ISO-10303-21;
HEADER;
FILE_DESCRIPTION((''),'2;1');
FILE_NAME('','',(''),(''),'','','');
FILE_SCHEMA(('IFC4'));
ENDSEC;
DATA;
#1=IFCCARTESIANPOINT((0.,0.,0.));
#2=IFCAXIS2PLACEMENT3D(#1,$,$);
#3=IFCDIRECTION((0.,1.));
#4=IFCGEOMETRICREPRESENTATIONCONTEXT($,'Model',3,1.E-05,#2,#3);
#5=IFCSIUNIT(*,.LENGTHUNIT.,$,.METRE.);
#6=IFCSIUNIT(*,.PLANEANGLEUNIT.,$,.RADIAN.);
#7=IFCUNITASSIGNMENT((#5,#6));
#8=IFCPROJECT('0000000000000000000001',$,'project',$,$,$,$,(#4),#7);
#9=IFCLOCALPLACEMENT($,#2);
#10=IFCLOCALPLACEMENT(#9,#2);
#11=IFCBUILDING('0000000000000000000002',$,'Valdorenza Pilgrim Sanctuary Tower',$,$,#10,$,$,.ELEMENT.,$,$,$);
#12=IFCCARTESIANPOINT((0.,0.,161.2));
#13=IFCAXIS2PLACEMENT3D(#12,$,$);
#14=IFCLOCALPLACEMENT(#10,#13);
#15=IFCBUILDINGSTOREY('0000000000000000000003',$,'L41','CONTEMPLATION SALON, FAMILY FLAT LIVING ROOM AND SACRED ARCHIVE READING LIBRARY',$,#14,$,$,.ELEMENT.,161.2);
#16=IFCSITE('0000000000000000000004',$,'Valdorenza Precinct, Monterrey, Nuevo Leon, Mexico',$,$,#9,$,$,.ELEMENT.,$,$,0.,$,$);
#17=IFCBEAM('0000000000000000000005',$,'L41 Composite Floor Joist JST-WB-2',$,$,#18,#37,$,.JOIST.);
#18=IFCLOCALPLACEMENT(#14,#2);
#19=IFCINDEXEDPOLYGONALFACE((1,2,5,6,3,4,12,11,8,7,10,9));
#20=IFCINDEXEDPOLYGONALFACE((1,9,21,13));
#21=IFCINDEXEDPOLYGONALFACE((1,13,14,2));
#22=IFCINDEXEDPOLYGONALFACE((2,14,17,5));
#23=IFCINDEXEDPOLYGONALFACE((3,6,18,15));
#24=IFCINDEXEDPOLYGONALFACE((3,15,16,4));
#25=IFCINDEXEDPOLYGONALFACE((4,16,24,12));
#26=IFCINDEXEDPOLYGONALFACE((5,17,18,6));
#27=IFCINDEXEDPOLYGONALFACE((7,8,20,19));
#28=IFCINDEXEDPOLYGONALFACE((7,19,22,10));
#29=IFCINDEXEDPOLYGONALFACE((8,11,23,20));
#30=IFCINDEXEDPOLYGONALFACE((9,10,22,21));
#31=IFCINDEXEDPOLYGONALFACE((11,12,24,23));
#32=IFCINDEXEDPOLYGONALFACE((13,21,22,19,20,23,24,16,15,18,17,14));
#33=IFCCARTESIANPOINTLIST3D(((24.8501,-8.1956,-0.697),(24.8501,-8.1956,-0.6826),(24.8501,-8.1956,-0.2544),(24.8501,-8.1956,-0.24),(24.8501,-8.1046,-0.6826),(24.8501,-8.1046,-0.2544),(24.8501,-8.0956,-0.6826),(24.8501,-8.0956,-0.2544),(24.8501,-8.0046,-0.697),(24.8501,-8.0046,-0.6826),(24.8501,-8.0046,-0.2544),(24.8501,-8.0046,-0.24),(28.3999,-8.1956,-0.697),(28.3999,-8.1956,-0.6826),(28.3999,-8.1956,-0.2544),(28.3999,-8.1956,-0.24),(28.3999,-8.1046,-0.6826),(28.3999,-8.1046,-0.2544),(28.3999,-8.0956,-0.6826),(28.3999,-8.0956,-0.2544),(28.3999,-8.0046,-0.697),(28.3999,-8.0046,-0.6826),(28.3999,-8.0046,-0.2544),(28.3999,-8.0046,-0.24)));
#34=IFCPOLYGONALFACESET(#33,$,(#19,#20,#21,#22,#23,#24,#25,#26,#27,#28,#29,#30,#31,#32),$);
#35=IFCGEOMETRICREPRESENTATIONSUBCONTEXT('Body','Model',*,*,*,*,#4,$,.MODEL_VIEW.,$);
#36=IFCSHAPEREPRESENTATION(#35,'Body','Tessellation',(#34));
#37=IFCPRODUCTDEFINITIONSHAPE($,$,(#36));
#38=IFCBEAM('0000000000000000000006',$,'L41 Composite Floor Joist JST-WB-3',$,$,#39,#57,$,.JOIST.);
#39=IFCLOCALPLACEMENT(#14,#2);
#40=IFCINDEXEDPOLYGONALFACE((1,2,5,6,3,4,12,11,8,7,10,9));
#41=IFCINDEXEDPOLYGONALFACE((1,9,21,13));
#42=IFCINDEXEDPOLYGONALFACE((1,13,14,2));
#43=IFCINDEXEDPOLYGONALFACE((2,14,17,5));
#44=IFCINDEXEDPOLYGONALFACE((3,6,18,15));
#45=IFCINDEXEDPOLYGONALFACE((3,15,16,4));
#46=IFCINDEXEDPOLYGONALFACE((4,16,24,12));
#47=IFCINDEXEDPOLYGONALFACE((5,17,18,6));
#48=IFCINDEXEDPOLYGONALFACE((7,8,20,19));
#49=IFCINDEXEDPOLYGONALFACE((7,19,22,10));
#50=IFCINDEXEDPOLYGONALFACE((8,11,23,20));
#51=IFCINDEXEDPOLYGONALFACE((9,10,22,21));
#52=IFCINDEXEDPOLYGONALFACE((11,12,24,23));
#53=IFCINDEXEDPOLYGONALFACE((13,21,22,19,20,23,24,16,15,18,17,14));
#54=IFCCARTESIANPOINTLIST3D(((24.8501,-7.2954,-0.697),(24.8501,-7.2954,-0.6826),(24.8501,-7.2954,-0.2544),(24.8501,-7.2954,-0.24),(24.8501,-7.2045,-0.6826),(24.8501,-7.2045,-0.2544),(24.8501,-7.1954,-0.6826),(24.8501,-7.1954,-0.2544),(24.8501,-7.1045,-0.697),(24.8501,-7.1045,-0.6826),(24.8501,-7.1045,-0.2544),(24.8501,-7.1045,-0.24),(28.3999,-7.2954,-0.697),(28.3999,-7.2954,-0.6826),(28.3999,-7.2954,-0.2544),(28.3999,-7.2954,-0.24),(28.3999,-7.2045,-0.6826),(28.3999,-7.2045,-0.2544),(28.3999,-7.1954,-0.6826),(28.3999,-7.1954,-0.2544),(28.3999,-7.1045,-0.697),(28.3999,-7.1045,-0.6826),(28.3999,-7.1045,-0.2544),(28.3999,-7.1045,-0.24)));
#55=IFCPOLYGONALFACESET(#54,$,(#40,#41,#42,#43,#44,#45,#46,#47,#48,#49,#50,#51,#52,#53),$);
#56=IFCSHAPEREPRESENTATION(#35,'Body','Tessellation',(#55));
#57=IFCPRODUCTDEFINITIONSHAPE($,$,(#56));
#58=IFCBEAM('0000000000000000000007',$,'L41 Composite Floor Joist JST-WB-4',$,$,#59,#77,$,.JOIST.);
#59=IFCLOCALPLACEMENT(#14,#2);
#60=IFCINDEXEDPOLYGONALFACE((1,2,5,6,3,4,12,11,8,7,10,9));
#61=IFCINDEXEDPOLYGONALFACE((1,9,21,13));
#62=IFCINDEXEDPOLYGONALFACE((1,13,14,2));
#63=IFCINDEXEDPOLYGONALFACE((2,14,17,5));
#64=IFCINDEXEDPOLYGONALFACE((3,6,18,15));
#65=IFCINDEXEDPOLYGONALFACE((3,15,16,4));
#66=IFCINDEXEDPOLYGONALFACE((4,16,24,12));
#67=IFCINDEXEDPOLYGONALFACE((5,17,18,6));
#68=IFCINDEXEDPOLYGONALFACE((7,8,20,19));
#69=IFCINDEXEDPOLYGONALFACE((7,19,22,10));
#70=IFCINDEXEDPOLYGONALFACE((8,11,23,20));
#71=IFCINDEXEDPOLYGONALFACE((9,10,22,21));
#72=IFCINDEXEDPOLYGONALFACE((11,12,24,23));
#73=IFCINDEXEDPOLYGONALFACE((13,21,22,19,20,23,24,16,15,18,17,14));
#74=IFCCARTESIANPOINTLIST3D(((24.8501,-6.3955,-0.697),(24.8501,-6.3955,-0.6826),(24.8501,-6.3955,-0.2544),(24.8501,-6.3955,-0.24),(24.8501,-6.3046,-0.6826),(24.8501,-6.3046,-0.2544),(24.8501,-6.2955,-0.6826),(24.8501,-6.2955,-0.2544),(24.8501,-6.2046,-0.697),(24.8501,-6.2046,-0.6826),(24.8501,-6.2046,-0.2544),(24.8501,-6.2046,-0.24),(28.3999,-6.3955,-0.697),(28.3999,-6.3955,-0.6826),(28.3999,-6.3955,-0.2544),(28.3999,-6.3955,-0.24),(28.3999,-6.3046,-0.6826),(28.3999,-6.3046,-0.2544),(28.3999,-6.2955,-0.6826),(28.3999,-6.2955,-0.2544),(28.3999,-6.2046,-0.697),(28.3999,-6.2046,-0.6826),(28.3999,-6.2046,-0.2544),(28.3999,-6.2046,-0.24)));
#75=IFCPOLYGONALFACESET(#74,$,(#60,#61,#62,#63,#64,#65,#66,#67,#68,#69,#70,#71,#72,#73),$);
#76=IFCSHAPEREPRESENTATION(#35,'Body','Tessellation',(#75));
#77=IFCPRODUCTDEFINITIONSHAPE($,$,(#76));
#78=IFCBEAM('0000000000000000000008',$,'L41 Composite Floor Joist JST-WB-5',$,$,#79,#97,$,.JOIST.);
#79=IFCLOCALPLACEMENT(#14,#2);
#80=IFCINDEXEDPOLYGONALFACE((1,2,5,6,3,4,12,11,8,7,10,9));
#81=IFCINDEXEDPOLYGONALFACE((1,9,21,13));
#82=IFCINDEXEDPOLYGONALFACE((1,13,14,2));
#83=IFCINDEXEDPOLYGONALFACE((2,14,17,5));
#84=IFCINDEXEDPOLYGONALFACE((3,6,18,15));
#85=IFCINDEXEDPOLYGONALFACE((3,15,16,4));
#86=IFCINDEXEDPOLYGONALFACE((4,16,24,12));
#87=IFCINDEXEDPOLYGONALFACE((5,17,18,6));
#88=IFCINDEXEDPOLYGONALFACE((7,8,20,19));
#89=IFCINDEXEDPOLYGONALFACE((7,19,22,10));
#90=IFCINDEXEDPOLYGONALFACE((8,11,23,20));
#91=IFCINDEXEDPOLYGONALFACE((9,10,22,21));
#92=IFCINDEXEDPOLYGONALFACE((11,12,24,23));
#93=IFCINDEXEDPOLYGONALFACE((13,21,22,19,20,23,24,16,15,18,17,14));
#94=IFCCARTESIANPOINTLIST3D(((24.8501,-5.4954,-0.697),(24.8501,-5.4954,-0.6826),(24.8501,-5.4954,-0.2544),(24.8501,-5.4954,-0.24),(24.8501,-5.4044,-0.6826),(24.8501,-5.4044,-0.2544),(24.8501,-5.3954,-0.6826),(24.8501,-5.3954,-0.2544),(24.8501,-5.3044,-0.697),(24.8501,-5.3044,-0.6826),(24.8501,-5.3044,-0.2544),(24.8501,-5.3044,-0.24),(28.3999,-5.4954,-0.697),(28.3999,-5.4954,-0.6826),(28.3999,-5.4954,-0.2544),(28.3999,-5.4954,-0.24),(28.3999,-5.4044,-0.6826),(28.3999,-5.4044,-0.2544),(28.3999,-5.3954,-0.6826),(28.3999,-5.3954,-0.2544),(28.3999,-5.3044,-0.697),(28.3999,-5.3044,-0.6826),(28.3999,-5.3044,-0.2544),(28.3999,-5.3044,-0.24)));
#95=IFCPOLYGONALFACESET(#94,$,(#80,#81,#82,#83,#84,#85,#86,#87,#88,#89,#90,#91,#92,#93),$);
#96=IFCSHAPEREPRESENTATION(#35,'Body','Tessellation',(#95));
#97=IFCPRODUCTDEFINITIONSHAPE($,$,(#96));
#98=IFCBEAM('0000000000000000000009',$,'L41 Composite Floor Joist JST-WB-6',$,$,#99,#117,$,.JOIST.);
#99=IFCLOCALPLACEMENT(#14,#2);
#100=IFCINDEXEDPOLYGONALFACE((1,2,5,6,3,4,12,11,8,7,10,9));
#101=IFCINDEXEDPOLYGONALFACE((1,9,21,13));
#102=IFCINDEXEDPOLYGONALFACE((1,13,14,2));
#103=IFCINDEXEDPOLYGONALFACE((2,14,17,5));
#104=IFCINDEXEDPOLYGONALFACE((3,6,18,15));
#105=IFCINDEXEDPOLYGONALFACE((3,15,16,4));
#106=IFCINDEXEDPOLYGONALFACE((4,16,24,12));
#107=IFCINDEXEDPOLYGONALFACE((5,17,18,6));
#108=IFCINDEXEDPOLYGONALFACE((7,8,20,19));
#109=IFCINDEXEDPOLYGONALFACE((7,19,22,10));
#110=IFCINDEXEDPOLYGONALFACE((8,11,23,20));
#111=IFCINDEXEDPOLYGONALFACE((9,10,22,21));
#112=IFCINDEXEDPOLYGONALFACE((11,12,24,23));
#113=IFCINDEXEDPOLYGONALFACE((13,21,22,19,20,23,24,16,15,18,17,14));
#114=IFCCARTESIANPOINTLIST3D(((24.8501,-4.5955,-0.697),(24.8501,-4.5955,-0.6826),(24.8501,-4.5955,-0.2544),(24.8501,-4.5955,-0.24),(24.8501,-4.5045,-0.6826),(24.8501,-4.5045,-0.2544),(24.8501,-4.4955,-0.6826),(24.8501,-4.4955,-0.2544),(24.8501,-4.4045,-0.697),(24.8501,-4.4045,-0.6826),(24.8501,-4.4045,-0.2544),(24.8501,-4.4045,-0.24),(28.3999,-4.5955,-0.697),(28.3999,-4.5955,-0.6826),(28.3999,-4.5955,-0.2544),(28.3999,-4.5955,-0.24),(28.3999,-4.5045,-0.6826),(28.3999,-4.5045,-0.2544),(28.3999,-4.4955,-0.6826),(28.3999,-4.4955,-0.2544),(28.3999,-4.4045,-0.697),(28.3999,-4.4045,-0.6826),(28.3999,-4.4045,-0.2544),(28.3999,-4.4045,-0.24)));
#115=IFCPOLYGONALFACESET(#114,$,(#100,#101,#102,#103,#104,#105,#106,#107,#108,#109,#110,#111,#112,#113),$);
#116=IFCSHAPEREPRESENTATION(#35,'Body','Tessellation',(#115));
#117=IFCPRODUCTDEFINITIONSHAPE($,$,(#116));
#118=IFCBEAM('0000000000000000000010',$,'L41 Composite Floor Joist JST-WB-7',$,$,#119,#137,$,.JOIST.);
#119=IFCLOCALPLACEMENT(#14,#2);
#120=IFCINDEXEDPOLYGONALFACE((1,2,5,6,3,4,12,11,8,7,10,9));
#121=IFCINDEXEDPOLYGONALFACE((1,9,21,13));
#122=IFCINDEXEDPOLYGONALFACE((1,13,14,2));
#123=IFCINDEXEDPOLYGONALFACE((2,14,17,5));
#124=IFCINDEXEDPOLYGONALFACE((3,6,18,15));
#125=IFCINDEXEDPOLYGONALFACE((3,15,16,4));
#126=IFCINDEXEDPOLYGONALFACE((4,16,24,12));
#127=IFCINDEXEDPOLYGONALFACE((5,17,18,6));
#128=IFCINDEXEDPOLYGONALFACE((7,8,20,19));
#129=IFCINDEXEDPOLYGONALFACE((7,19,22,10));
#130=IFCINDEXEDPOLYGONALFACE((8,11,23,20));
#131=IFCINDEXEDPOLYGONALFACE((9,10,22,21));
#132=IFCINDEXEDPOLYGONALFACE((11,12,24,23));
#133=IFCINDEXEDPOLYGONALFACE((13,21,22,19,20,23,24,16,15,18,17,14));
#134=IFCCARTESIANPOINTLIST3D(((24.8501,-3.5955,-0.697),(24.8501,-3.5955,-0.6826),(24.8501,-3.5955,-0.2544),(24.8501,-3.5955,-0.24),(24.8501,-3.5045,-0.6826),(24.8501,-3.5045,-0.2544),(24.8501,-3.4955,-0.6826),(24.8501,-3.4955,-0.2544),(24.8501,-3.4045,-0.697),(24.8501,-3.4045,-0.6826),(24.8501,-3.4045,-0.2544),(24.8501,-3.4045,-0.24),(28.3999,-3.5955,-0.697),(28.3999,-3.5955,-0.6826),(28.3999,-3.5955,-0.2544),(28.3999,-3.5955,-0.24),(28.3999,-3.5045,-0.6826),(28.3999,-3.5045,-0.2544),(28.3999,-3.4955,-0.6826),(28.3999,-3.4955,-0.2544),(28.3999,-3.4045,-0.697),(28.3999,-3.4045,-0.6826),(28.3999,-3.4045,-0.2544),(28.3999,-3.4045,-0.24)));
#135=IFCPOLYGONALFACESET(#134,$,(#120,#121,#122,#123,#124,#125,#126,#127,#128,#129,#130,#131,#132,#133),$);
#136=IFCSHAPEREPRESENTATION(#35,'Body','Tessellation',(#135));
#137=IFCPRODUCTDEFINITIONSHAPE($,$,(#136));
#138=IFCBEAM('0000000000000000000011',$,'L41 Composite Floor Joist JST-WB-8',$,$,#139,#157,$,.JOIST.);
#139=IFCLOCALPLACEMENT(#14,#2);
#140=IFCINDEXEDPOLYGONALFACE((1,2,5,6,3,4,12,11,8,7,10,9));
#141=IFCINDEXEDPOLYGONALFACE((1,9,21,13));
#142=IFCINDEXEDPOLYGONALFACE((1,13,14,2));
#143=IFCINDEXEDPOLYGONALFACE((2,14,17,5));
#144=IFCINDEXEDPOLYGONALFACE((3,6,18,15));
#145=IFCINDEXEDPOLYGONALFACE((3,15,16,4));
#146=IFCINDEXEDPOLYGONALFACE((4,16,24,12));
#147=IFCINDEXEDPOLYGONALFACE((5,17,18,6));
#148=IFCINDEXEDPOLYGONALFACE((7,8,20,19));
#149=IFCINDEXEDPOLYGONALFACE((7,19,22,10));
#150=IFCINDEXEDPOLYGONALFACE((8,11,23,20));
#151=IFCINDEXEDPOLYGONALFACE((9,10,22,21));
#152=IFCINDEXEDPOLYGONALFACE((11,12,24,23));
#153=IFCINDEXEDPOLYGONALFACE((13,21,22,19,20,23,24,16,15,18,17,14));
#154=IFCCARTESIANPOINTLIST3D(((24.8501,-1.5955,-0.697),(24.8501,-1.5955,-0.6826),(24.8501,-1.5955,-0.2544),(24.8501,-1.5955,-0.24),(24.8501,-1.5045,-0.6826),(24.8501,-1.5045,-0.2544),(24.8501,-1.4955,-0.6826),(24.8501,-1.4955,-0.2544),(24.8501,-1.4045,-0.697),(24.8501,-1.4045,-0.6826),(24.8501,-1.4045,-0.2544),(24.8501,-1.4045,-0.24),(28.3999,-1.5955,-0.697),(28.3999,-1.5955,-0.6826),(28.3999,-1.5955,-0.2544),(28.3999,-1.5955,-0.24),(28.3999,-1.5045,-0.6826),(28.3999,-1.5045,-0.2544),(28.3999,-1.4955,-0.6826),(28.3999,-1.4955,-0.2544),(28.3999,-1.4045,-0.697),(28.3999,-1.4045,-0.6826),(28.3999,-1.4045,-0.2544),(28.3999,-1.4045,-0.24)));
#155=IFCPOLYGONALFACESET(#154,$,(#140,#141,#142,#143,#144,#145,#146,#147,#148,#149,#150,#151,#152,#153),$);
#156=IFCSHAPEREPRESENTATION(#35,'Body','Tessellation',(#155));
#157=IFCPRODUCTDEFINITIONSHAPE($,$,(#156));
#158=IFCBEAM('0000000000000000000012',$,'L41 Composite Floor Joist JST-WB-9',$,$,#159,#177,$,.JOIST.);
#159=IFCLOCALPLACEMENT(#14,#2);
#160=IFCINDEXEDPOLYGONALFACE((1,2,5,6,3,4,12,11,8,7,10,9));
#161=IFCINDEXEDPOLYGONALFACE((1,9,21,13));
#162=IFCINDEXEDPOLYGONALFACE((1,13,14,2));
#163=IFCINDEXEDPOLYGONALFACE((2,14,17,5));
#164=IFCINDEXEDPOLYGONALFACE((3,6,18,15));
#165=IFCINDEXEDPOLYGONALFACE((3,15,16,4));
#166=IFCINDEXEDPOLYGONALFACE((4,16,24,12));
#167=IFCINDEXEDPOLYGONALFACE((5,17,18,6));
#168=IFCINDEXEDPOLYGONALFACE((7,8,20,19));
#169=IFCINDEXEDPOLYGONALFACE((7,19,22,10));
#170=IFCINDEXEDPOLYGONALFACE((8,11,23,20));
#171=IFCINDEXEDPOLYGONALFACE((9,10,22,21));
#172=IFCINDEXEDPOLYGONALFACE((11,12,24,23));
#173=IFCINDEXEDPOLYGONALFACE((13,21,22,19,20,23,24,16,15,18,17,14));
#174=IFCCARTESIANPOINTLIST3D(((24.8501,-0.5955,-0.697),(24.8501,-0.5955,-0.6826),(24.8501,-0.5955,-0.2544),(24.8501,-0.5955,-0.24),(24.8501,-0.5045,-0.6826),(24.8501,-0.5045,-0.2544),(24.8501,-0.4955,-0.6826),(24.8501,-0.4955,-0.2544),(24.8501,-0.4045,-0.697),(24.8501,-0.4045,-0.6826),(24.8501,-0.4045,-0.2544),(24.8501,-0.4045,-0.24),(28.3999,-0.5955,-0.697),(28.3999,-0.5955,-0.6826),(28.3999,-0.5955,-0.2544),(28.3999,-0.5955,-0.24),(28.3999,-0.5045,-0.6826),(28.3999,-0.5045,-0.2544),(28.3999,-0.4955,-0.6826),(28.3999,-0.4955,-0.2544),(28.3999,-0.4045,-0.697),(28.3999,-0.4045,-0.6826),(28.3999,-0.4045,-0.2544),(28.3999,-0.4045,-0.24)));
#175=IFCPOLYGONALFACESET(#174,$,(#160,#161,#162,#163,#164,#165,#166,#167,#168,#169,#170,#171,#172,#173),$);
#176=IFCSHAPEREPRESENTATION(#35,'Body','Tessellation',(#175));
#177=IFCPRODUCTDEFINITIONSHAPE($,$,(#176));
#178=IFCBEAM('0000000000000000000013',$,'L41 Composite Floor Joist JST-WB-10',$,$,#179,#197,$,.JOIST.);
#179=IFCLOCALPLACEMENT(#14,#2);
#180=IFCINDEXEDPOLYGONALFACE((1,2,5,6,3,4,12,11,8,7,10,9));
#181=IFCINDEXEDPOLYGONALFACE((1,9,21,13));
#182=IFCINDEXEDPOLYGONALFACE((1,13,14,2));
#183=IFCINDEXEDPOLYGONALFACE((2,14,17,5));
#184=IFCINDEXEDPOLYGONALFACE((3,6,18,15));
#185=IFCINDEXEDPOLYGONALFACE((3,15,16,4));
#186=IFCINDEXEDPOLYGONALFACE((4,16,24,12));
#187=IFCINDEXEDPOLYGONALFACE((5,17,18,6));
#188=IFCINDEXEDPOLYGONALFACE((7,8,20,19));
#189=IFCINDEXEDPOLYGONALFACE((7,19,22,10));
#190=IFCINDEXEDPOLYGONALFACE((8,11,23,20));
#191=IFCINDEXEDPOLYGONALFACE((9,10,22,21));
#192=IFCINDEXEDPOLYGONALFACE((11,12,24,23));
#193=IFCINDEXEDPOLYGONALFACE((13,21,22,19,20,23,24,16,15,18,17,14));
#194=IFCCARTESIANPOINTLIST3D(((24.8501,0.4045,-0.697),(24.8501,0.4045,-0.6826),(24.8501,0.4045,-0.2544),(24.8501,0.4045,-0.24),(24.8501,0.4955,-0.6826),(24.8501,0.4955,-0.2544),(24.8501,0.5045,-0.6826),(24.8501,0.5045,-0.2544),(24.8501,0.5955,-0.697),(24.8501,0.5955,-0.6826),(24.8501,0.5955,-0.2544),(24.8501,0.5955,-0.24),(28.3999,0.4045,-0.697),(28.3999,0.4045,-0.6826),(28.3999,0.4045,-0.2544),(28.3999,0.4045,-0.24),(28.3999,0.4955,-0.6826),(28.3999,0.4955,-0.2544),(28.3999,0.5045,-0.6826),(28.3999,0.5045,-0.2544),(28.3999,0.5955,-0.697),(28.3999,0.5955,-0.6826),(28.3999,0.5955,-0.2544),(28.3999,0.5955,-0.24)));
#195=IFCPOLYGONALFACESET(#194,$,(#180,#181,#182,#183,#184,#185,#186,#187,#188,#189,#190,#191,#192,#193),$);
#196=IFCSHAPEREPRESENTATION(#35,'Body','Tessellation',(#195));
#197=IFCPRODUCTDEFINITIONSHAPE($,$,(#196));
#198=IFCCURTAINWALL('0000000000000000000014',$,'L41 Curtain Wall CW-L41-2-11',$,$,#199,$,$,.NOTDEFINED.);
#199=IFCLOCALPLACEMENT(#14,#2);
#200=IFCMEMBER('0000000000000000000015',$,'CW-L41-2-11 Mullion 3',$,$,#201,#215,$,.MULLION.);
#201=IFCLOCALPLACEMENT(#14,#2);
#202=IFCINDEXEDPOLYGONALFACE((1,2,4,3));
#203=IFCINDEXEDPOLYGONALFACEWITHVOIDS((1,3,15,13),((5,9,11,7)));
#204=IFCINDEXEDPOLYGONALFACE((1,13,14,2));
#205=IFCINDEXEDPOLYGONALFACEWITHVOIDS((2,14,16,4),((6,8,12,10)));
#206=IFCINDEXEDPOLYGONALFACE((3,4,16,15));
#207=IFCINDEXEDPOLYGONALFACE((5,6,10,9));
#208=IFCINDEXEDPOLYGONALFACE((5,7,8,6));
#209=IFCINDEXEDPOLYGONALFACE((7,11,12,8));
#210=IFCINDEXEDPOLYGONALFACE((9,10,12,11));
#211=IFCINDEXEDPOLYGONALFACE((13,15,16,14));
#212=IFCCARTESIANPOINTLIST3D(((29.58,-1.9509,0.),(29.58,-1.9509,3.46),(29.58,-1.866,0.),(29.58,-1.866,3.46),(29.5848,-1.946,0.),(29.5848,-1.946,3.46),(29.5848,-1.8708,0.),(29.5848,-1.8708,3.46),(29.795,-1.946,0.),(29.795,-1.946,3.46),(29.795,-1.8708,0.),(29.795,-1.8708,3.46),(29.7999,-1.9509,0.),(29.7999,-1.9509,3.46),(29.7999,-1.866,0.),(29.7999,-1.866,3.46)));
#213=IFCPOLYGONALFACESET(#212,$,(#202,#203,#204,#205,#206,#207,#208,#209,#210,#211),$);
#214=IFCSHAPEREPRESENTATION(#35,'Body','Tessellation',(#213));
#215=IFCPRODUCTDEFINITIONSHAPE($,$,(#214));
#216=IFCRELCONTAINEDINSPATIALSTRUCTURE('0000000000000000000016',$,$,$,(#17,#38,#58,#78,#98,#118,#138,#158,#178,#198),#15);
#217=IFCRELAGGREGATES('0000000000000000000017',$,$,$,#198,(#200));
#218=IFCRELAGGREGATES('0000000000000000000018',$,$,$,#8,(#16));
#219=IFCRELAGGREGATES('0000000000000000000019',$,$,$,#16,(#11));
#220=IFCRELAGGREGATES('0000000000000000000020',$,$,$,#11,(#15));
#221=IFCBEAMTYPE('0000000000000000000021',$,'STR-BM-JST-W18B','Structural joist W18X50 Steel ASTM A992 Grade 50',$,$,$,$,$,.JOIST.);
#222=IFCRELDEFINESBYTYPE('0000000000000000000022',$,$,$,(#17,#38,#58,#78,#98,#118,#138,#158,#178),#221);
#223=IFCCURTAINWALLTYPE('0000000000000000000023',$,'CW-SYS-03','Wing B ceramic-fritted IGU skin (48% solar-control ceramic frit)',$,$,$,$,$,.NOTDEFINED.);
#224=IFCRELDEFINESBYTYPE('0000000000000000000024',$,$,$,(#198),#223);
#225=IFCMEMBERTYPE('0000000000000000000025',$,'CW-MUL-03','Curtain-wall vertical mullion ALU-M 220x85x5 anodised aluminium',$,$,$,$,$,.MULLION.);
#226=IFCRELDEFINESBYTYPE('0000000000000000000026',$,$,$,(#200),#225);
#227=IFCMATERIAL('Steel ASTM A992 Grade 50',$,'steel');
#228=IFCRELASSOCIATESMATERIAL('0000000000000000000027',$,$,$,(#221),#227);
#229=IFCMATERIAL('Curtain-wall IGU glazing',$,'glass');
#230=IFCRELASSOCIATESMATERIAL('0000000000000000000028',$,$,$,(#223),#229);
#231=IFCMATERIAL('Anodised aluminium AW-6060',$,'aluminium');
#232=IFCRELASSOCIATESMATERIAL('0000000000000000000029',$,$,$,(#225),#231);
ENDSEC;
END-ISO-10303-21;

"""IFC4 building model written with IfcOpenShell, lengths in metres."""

from ifc_helpers import new_model, si_unit, direction, frame, origin, origin_2d, place, context, subcontext, project, spatial, hollow_rectangle, i_section, extrude, source, transform, mapped, material, material_profile, profile_set, type_object, element, aggregate, save


model = new_model("IFC4")

# Units and contexts
model_context = context("Model", 3, precision=1e-05, world=origin(), true_north=direction((0.0, 1.0)))
body_context = subcontext(model_context, "Body", "Model", "MODEL_VIEW")
ifc_project = project(units=[si_unit("LENGTHUNIT", "METRE"), si_unit("PLANEANGLEUNIT", "RADIAN")], contexts=[model_context])

# Site, building, storey
site_placement = place(None, origin())
site = spatial("IfcSite", under=ifc_project, at=site_placement, Name="Valdorenza Precinct, Monterrey, Nuevo Leon, Mexico", CompositionType="ELEMENT", RefElevation=0.0)
building_placement = place(site_placement, origin())
building = spatial("IfcBuilding", under=site, at=building_placement, Name="Valdorenza Pilgrim Sanctuary Tower", CompositionType="ELEMENT")
storey_placement = place(building_placement, frame((0.0, 0.0, 161.2)))
storey = spatial("IfcBuildingStorey", under=building, at=storey_placement, Name="L41", Description="CONTEMPLATION SALON, FAMILY FLAT LIVING ROOM AND SACRED ARCHIVE READING LIBRARY", CompositionType="ELEMENT", Elevation=161.2)

# Shared definitions
ifc_material_1 = material(Name="Steel ASTM A992 Grade 50", Category="steel")

# Beams
ifc_material_profile_1 = material_profile(ifc_material_1, i_section(OverallWidth=0.1909, OverallDepth=0.457, WebThickness=0.009, FlangeThickness=0.0144, at=origin_2d()), Name="W18X50")
ifc_profile_set_1 = profile_set([ifc_material_profile_1], Name="Steel ASTM A992 Grade 50")
beam_type_1 = type_object("IfcBeamType", Name="STR-BM-JST-W18B", Description="Structural joist W18X50 Steel ASTM A992 Grade 50", PredefinedType="JOIST", material=ifc_profile_set_1)
shared_shape_1 = source(origin(), body_context, "Body", "SweptSolid", [
    extrude(i_section(OverallWidth=0.1909, OverallDepth=0.457, WebThickness=0.009, FlangeThickness=0.0144, at=origin_2d()), origin(), (0.0, 0.0, 1.0), 3.5498),
])
for number, where, z_axis, x_axis, name in (
    (1, (24.8501, -8.1001, -0.4685), (1.0, 0.0, 0.0), (0.0, 1.0, 0.0), "L41 Composite Floor Joist JST-WB-2"),
    (2, (24.8501, -7.2, -0.4685), (1.0, 0.0, 0.0), (0.0, 1.0, 0.0), "L41 Composite Floor Joist JST-WB-3"),
    (3, (24.8501, -6.3, -0.4685), (1.0, 0.0, 0.0), (0.0, 1.0, 0.0), "L41 Composite Floor Joist JST-WB-4"),
    (4, (24.8501, -5.3999, -0.4685), (1.0, 0.0, 0.0), (0.0, 1.0, 0.0), "L41 Composite Floor Joist JST-WB-5"),
    (5, (24.8501, -4.5, -0.4685), (1.0, 0.0, 0.0), (0.0, 1.0, 0.0), "L41 Composite Floor Joist JST-WB-6"),
    (6, (24.8501, -3.5, -0.4685), (1.0, 0.0, 0.0), (0.0, 1.0, 0.0), "L41 Composite Floor Joist JST-WB-7"),
    (7, (24.8501, -1.5, -0.4685), (1.0, 0.0, 0.0), (0.0, 1.0, 0.0), "L41 Composite Floor Joist JST-WB-8"),
    (8, (24.8501, -0.5, -0.4685), (1.0, 0.0, 0.0), (0.0, 1.0, 0.0), "L41 Composite Floor Joist JST-WB-9"),
    (9, (24.8501, 0.5, -0.4685), (1.0, 0.0, 0.0), (0.0, 1.0, 0.0), "L41 Composite Floor Joist JST-WB-10"),
):
    element("IfcBeam", number, at=place(storey_placement, frame(where, z_axis=z_axis, x_axis=x_axis)), inside=storey, type_object=beam_type_1, Name=name, PredefinedType="JOIST", context=body_context, shape_type="MappedRepresentation", body=[
        mapped(shared_shape_1, transform((0.0, 0.0, 0.0), x_axis=(1.0, 0.0, 0.0), y_axis=(0.0, 1.0, 0.0), z_axis=(0.0, 0.0, 1.0), scale=1.0)),
    ])

# Curtain wall, member
ifc_material_2 = material(Name="Curtain-wall IGU glazing", Category="glass")
curtain_wall_type = type_object("IfcCurtainWallType", Name="CW-SYS-03", Description="Wing B ceramic-fritted IGU skin (48% solar-control ceramic frit)", PredefinedType="NOTDEFINED", material=ifc_material_2)
curtain_wall_1_placement = place(storey_placement, origin())
curtain_wall_1 = element("IfcCurtainWall", 10, at=curtain_wall_1_placement, inside=storey, type_object=curtain_wall_type, Name="L41 Curtain Wall CW-L41-2-11", PredefinedType="NOTDEFINED")
ifc_material_3 = material(Name="Anodised aluminium AW-6060", Category="aluminium")
ifc_material_profile_2 = material_profile(ifc_material_3, hollow_rectangle(XDim=0.085, YDim=0.22, WallThickness=0.0049, at=origin_2d()), Name="ALU-M 220x85x5")
ifc_profile_set_2 = profile_set([ifc_material_profile_2], Name="Anodised aluminium AW-6060")
member_type_1 = type_object("IfcMemberType", Name="CW-MUL-03", Description="Curtain-wall vertical mullion ALU-M 220x85x5 anodised aluminium", PredefinedType="MULLION", material=ifc_profile_set_2)
shared_shape_2 = source(origin(), body_context, "Body", "SweptSolid", [
    extrude(hollow_rectangle(XDim=0.085, YDim=0.22, WallThickness=0.0049, at=origin_2d()), origin(), (0.0, 0.0, 1.0), 3.46),
])
member_1_placement = place(storey_placement, frame((29.6899, -1.9084, 0.0), z_axis=(0.0, 0.0, 1.0), x_axis=(0.0, -1.0, 0.0)))
member_1 = element("IfcMember", 11, at=member_1_placement, type_object=member_type_1, Name="CW-L41-2-11 Mullion 3", PredefinedType="MULLION", context=body_context, shape_type="MappedRepresentation", body=[
    mapped(shared_shape_2, transform((0.0, 0.0, 0.0), x_axis=(1.0, 0.0, 0.0), y_axis=(0.0, 1.0, 0.0), z_axis=(0.0, 0.0, 1.0), scale=1.0)),
])

aggregate(curtain_wall_1, [member_1])

save(model, "model.ifc")
